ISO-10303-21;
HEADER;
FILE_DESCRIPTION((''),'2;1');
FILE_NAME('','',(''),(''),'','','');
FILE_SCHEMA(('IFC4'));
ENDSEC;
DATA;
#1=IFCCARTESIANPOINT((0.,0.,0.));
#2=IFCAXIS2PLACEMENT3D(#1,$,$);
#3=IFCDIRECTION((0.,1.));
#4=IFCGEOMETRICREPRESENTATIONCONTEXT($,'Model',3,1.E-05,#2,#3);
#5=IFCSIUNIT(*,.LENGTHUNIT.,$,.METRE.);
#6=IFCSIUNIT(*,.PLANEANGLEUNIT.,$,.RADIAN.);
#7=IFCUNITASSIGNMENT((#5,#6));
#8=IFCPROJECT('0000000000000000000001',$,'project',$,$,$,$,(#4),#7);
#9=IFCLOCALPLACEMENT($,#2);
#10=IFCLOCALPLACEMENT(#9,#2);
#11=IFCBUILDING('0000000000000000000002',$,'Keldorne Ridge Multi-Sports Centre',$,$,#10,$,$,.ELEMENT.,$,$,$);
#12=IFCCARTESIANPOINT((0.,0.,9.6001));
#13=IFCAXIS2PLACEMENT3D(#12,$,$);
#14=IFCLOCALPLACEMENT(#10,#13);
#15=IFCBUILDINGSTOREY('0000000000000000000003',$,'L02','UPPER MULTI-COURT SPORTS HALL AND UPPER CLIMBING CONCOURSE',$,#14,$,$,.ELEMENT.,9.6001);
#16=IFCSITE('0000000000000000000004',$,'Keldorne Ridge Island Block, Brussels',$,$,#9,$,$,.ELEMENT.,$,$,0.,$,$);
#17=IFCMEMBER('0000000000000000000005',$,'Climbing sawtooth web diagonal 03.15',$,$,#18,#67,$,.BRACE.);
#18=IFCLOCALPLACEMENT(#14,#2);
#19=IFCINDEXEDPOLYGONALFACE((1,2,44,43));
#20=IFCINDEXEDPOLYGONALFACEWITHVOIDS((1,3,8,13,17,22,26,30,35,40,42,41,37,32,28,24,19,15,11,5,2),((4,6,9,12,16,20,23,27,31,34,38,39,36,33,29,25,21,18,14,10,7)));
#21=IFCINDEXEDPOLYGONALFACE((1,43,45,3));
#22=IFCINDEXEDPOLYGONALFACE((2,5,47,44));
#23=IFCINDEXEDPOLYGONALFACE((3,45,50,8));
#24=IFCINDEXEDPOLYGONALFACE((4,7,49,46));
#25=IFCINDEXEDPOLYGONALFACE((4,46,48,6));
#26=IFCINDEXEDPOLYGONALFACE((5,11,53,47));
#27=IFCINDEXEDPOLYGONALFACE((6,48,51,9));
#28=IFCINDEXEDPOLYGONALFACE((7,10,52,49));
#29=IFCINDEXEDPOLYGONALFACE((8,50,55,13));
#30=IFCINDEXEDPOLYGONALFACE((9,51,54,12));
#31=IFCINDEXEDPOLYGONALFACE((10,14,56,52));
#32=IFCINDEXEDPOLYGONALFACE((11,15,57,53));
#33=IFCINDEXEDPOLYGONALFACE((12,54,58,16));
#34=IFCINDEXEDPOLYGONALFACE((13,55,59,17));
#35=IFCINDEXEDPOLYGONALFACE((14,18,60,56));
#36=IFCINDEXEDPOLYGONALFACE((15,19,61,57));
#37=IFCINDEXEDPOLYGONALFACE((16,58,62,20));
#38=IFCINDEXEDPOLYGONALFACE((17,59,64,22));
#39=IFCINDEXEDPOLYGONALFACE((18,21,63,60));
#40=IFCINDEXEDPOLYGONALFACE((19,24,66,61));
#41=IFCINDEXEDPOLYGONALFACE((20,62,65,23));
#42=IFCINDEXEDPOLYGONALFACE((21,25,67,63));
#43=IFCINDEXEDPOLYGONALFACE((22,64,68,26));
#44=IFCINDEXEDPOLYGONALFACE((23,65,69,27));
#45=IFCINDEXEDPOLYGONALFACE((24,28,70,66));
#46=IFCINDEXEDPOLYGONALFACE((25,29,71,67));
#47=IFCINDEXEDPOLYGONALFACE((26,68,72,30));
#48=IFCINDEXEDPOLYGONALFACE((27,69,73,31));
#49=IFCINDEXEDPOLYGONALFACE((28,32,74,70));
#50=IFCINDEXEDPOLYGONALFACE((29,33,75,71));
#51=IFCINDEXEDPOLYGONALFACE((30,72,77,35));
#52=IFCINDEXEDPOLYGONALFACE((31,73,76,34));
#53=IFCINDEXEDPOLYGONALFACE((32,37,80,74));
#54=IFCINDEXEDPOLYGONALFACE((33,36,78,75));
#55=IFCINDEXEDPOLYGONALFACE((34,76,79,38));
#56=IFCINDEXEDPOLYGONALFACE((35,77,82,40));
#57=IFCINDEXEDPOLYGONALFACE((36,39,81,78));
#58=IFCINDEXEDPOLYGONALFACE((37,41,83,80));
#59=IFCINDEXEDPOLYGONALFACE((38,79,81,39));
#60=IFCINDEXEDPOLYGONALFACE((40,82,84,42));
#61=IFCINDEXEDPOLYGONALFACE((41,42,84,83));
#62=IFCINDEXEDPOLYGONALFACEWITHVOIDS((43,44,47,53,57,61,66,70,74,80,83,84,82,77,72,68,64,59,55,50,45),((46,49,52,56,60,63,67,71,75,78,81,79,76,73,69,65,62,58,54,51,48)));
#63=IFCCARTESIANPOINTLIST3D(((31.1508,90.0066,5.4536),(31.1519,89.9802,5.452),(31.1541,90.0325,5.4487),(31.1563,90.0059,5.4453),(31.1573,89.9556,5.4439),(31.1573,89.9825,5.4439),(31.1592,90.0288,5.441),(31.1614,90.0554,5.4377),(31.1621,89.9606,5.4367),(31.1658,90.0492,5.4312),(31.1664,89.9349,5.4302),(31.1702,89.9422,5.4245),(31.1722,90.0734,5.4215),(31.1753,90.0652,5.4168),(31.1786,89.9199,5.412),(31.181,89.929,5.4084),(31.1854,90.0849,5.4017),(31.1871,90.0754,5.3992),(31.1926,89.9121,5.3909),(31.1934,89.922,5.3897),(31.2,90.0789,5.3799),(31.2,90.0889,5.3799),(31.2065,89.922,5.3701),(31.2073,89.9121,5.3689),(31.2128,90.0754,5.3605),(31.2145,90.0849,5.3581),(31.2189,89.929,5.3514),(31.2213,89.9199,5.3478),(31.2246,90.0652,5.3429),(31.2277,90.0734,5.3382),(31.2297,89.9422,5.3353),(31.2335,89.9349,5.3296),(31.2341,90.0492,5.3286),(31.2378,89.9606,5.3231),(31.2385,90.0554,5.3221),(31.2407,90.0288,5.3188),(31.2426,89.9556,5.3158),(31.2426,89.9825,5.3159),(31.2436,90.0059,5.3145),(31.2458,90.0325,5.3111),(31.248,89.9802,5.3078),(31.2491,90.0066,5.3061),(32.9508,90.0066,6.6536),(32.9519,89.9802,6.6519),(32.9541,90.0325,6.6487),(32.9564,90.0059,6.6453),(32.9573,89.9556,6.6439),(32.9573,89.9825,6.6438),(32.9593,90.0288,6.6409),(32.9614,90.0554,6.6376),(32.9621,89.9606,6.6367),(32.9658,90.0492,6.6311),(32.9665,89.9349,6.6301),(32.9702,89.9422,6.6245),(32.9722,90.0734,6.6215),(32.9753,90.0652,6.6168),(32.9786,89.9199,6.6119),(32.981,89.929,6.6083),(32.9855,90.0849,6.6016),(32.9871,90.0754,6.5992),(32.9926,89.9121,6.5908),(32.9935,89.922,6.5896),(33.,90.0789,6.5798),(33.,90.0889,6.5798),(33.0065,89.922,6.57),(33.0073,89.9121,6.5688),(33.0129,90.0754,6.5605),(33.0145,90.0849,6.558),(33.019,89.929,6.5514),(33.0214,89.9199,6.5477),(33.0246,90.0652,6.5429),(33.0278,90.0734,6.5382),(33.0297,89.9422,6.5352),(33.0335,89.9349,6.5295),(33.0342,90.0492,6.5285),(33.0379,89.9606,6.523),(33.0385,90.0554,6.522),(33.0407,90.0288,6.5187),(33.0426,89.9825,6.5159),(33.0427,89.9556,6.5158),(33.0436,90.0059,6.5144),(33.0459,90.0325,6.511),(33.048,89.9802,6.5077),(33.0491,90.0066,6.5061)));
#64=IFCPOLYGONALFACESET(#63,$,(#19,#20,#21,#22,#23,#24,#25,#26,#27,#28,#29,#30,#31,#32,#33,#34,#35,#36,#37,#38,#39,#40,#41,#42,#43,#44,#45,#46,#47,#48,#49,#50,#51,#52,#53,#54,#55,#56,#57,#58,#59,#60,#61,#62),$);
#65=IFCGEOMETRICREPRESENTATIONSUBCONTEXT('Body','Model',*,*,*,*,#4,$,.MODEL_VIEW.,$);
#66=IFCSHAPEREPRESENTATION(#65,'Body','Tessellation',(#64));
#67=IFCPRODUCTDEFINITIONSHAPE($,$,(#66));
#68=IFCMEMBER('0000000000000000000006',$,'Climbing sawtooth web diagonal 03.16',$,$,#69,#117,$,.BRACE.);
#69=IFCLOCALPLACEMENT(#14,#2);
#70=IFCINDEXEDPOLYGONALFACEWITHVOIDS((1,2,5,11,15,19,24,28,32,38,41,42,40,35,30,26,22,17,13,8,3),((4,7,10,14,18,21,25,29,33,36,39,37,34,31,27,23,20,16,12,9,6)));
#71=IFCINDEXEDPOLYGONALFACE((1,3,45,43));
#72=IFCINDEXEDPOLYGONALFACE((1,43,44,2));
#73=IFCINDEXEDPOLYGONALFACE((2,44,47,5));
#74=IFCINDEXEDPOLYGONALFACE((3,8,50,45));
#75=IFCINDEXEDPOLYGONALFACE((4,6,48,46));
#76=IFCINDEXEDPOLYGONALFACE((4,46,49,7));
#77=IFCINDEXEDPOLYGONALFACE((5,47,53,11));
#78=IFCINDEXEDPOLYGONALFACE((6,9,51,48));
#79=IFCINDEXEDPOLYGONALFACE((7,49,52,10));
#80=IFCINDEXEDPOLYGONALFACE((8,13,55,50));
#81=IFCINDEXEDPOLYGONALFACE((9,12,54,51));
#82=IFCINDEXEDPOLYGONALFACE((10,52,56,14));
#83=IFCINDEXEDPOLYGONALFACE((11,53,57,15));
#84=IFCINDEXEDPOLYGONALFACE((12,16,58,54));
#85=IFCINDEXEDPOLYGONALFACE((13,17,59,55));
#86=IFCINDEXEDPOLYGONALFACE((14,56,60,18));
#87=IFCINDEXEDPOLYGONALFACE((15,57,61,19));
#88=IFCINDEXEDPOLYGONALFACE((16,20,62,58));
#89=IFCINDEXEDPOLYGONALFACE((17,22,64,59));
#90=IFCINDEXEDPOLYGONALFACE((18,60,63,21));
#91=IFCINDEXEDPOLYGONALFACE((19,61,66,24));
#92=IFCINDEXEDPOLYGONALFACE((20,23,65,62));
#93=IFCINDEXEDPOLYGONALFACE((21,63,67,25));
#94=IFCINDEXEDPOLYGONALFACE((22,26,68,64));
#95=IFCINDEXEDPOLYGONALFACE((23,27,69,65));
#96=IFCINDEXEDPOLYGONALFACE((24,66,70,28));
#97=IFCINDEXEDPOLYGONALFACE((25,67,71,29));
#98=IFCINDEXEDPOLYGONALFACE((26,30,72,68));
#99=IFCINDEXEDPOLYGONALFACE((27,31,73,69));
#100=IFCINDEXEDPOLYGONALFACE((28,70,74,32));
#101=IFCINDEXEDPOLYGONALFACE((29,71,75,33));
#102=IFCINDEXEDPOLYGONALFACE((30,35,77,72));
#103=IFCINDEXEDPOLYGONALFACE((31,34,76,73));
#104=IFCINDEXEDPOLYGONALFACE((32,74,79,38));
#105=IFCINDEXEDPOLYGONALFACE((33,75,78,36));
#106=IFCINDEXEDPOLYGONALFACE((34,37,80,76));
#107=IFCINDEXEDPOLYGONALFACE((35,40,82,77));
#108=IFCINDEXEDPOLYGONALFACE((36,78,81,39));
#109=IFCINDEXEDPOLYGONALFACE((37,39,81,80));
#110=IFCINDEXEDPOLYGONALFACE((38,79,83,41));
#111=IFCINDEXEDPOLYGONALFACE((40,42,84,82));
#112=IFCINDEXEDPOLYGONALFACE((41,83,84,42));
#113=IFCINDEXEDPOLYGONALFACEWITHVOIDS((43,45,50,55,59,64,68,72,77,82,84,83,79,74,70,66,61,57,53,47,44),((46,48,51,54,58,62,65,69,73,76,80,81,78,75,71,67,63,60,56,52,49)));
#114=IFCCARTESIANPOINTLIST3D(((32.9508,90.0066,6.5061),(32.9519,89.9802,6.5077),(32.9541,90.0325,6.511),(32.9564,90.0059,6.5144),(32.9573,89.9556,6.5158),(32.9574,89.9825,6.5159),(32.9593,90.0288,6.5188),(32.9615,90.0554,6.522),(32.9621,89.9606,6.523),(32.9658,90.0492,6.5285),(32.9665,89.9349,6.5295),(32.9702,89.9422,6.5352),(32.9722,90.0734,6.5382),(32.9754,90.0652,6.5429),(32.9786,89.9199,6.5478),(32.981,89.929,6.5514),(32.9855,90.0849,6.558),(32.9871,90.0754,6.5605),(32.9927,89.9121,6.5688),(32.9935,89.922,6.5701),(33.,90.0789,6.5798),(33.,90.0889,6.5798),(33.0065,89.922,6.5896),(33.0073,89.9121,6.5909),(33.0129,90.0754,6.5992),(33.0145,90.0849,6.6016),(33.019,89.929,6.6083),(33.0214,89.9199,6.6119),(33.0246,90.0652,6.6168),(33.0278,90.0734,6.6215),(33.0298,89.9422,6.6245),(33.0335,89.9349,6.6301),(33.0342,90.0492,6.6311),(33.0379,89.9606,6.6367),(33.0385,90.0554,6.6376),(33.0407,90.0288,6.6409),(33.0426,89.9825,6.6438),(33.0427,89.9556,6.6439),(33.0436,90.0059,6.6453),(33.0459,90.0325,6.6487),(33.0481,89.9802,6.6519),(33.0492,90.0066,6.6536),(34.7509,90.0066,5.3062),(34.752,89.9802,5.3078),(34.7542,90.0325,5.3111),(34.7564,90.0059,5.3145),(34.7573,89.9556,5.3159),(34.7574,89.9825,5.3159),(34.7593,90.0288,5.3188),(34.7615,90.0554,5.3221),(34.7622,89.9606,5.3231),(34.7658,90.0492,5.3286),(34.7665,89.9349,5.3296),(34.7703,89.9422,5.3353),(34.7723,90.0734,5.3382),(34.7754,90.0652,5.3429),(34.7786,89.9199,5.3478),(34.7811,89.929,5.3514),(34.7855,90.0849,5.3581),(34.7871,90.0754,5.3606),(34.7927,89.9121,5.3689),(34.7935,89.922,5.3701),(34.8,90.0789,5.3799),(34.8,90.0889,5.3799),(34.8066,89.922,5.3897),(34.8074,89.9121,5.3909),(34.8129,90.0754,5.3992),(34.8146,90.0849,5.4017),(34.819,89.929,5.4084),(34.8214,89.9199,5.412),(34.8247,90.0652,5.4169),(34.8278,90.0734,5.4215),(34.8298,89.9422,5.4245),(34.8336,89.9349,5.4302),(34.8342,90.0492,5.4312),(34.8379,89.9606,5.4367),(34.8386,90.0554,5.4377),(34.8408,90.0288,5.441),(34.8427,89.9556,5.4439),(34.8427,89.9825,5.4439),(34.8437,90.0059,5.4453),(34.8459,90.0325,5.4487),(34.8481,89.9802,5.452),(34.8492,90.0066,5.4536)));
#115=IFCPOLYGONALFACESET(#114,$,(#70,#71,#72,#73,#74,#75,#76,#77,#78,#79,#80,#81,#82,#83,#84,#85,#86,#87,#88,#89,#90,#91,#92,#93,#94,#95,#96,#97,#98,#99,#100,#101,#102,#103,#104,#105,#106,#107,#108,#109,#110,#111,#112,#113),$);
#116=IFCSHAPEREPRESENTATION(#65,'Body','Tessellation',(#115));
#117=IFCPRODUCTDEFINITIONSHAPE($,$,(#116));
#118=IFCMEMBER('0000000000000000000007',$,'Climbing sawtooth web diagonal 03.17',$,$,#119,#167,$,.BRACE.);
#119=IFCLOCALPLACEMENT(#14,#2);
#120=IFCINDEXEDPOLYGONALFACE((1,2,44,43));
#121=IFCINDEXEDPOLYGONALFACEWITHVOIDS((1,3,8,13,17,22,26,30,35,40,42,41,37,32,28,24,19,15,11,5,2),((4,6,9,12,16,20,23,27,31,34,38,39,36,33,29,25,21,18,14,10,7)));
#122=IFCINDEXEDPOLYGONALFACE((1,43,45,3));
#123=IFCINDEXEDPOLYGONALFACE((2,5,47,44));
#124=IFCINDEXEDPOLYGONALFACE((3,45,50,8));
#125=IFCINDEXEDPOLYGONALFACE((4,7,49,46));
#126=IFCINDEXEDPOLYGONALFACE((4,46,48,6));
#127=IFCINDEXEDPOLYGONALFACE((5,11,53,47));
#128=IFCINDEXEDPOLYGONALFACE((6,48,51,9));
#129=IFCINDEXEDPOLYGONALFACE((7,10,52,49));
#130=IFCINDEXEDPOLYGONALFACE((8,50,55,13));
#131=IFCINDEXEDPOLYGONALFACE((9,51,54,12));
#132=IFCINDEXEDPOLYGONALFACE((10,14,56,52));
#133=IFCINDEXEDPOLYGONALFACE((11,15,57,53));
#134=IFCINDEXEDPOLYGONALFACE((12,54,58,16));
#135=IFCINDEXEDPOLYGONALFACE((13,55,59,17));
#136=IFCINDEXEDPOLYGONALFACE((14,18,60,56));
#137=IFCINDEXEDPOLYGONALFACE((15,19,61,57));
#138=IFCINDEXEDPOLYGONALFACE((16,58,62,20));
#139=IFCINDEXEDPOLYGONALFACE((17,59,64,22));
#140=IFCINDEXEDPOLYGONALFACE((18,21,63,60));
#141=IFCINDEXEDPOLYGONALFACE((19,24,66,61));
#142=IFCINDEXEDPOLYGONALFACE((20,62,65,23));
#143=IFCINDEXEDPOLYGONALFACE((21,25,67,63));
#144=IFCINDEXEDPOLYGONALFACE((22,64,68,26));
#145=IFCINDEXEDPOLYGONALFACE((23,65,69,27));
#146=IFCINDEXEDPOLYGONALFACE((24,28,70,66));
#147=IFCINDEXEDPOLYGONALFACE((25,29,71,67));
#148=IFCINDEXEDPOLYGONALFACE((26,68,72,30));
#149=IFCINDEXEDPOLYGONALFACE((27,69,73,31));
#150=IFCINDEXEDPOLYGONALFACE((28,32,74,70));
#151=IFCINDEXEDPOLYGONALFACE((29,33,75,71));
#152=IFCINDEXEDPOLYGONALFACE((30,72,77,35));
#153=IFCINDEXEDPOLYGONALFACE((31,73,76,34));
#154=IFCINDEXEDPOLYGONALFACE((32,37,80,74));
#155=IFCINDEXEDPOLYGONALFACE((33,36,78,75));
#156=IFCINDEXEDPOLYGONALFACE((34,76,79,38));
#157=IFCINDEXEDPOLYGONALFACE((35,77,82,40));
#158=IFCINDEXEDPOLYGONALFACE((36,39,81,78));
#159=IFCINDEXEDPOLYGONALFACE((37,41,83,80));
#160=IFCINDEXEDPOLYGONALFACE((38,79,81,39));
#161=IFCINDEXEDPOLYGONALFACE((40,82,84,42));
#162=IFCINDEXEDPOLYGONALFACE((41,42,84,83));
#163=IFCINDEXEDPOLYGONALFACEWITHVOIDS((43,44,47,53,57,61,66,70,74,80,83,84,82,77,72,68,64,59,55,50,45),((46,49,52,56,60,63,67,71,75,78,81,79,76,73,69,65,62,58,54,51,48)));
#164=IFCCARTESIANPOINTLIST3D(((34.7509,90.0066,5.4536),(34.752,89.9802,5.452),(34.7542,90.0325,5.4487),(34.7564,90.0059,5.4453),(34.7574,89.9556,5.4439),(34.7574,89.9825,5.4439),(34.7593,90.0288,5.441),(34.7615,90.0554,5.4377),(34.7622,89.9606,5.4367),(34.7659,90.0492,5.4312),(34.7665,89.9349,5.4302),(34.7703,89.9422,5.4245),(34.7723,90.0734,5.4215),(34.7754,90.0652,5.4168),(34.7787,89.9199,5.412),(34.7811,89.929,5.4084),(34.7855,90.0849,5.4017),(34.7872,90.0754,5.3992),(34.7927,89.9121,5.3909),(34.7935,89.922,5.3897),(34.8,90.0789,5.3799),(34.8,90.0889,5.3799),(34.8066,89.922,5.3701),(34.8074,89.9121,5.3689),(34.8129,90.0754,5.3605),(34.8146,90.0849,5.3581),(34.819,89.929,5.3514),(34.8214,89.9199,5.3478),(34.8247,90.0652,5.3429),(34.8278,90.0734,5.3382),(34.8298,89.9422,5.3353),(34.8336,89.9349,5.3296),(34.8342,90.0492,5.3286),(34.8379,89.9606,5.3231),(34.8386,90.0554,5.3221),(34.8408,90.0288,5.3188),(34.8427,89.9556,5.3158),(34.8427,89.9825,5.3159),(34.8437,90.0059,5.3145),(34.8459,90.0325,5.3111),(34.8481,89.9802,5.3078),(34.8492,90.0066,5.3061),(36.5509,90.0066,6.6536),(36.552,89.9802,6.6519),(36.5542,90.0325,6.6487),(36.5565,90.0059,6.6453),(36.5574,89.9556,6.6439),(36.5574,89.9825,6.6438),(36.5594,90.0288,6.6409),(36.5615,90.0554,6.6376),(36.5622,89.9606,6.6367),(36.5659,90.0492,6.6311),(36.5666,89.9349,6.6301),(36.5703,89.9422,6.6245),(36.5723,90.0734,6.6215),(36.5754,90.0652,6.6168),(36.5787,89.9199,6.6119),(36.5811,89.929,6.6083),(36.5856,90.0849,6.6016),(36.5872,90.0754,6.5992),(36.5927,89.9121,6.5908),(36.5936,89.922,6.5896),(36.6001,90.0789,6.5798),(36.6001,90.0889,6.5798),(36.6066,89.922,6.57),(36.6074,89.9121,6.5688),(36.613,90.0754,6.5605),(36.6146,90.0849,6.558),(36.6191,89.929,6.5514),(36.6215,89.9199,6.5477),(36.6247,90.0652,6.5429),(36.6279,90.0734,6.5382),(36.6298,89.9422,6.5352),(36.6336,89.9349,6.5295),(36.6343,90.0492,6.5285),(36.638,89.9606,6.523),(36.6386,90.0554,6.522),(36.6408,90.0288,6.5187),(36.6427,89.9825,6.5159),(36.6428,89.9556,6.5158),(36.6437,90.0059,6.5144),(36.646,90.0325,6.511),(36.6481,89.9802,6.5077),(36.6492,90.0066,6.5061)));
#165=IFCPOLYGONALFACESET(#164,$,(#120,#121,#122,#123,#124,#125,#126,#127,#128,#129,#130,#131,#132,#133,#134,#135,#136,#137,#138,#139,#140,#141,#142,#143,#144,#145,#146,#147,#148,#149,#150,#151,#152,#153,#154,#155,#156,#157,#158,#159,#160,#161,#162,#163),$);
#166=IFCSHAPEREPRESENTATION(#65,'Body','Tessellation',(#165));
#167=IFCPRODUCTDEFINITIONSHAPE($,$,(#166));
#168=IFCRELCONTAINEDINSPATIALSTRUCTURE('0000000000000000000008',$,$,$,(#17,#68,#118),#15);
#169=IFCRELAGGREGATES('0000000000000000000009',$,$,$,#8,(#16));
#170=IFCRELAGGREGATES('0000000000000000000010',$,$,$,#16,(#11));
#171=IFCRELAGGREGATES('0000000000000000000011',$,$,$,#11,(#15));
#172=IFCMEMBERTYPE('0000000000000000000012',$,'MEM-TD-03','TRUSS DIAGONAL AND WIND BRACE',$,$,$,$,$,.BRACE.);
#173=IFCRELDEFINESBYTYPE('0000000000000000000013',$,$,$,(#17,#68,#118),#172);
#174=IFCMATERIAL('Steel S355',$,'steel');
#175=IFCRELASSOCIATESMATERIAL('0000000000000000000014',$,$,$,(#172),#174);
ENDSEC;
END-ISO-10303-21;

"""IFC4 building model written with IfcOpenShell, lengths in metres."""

from ifc_helpers import new_model, si_unit, direction, frame, origin, origin_2d, place, context, subcontext, project, spatial, hollow_circle, extrude, material, material_profile, profile_set, type_object, element, save


model = new_model("IFC4")

# Units and contexts
model_context = context("Model", 3, precision=1e-05, world=origin(), true_north=direction((0.0, 1.0)))
body_context = subcontext(model_context, "Body", "Model", "MODEL_VIEW")
ifc_project = project(units=[si_unit("LENGTHUNIT", "METRE"), si_unit("PLANEANGLEUNIT", "RADIAN")], contexts=[model_context])

# Site, building, storey
site_placement = place(None, origin())
site = spatial("IfcSite", under=ifc_project, at=site_placement, Name="Keldorne Ridge Island Block, Brussels", CompositionType="ELEMENT", RefElevation=0.0)
building_placement = place(site_placement, origin())
building = spatial("IfcBuilding", under=site, at=building_placement, Name="Keldorne Ridge Multi-Sports Centre", CompositionType="ELEMENT")
storey_placement = place(building_placement, frame((0.0, 0.0, 9.6001)))
storey = spatial("IfcBuildingStorey", under=building, at=storey_placement, Name="L02", Description="UPPER MULTI-COURT SPORTS HALL AND UPPER CLIMBING CONCOURSE", CompositionType="ELEMENT", Elevation=9.6001)

# Shared definitions
ifc_material = material(Name="Steel S355", Category="steel")

# Members
ifc_material_profile_1 = material_profile(ifc_material, hollow_circle(Radius=0.0889, WallThickness=0.01, at=origin_2d()), Name="CHS 177.8x10")
ifc_profile_set_1 = profile_set([ifc_material_profile_1], Name="Steel S355")
member_type_1 = type_object("IfcMemberType", Name="MEM-TD-03", Description="TRUSS DIAGONAL AND WIND BRACE", PredefinedType="BRACE", material=ifc_profile_set_1)
for number, where, z_axis, x_axis, name in (
    (1, (31.2, 90.0, 5.3799), (0.832068, 0.0, 0.554674), (0.0, 1.0, 0.0), "Climbing sawtooth web diagonal 03.15"),
    (2, (33.0, 90.0, 6.5798), (0.832068, 0.0, -0.554674), (0.0, 1.0, 0.0), "Climbing sawtooth web diagonal 03.16"),
    (3, (34.8, 90.0, 5.3799), (0.832068, 0.0, 0.554674), (0.0, 1.0, 0.0), "Climbing sawtooth web diagonal 03.17"),
):
    element("IfcMember", number, at=place(storey_placement, frame(where, z_axis=z_axis, x_axis=x_axis)), inside=storey, type_object=member_type_1, Name=name, PredefinedType="BRACE", context=body_context, shape_type="SweptSolid", body=[
        extrude(hollow_circle(Radius=0.0889, WallThickness=0.01, at=origin_2d()), origin(), (0.0, 0.0, 1.0), 2.1633),
    ])

save(model, "model.ifc")
